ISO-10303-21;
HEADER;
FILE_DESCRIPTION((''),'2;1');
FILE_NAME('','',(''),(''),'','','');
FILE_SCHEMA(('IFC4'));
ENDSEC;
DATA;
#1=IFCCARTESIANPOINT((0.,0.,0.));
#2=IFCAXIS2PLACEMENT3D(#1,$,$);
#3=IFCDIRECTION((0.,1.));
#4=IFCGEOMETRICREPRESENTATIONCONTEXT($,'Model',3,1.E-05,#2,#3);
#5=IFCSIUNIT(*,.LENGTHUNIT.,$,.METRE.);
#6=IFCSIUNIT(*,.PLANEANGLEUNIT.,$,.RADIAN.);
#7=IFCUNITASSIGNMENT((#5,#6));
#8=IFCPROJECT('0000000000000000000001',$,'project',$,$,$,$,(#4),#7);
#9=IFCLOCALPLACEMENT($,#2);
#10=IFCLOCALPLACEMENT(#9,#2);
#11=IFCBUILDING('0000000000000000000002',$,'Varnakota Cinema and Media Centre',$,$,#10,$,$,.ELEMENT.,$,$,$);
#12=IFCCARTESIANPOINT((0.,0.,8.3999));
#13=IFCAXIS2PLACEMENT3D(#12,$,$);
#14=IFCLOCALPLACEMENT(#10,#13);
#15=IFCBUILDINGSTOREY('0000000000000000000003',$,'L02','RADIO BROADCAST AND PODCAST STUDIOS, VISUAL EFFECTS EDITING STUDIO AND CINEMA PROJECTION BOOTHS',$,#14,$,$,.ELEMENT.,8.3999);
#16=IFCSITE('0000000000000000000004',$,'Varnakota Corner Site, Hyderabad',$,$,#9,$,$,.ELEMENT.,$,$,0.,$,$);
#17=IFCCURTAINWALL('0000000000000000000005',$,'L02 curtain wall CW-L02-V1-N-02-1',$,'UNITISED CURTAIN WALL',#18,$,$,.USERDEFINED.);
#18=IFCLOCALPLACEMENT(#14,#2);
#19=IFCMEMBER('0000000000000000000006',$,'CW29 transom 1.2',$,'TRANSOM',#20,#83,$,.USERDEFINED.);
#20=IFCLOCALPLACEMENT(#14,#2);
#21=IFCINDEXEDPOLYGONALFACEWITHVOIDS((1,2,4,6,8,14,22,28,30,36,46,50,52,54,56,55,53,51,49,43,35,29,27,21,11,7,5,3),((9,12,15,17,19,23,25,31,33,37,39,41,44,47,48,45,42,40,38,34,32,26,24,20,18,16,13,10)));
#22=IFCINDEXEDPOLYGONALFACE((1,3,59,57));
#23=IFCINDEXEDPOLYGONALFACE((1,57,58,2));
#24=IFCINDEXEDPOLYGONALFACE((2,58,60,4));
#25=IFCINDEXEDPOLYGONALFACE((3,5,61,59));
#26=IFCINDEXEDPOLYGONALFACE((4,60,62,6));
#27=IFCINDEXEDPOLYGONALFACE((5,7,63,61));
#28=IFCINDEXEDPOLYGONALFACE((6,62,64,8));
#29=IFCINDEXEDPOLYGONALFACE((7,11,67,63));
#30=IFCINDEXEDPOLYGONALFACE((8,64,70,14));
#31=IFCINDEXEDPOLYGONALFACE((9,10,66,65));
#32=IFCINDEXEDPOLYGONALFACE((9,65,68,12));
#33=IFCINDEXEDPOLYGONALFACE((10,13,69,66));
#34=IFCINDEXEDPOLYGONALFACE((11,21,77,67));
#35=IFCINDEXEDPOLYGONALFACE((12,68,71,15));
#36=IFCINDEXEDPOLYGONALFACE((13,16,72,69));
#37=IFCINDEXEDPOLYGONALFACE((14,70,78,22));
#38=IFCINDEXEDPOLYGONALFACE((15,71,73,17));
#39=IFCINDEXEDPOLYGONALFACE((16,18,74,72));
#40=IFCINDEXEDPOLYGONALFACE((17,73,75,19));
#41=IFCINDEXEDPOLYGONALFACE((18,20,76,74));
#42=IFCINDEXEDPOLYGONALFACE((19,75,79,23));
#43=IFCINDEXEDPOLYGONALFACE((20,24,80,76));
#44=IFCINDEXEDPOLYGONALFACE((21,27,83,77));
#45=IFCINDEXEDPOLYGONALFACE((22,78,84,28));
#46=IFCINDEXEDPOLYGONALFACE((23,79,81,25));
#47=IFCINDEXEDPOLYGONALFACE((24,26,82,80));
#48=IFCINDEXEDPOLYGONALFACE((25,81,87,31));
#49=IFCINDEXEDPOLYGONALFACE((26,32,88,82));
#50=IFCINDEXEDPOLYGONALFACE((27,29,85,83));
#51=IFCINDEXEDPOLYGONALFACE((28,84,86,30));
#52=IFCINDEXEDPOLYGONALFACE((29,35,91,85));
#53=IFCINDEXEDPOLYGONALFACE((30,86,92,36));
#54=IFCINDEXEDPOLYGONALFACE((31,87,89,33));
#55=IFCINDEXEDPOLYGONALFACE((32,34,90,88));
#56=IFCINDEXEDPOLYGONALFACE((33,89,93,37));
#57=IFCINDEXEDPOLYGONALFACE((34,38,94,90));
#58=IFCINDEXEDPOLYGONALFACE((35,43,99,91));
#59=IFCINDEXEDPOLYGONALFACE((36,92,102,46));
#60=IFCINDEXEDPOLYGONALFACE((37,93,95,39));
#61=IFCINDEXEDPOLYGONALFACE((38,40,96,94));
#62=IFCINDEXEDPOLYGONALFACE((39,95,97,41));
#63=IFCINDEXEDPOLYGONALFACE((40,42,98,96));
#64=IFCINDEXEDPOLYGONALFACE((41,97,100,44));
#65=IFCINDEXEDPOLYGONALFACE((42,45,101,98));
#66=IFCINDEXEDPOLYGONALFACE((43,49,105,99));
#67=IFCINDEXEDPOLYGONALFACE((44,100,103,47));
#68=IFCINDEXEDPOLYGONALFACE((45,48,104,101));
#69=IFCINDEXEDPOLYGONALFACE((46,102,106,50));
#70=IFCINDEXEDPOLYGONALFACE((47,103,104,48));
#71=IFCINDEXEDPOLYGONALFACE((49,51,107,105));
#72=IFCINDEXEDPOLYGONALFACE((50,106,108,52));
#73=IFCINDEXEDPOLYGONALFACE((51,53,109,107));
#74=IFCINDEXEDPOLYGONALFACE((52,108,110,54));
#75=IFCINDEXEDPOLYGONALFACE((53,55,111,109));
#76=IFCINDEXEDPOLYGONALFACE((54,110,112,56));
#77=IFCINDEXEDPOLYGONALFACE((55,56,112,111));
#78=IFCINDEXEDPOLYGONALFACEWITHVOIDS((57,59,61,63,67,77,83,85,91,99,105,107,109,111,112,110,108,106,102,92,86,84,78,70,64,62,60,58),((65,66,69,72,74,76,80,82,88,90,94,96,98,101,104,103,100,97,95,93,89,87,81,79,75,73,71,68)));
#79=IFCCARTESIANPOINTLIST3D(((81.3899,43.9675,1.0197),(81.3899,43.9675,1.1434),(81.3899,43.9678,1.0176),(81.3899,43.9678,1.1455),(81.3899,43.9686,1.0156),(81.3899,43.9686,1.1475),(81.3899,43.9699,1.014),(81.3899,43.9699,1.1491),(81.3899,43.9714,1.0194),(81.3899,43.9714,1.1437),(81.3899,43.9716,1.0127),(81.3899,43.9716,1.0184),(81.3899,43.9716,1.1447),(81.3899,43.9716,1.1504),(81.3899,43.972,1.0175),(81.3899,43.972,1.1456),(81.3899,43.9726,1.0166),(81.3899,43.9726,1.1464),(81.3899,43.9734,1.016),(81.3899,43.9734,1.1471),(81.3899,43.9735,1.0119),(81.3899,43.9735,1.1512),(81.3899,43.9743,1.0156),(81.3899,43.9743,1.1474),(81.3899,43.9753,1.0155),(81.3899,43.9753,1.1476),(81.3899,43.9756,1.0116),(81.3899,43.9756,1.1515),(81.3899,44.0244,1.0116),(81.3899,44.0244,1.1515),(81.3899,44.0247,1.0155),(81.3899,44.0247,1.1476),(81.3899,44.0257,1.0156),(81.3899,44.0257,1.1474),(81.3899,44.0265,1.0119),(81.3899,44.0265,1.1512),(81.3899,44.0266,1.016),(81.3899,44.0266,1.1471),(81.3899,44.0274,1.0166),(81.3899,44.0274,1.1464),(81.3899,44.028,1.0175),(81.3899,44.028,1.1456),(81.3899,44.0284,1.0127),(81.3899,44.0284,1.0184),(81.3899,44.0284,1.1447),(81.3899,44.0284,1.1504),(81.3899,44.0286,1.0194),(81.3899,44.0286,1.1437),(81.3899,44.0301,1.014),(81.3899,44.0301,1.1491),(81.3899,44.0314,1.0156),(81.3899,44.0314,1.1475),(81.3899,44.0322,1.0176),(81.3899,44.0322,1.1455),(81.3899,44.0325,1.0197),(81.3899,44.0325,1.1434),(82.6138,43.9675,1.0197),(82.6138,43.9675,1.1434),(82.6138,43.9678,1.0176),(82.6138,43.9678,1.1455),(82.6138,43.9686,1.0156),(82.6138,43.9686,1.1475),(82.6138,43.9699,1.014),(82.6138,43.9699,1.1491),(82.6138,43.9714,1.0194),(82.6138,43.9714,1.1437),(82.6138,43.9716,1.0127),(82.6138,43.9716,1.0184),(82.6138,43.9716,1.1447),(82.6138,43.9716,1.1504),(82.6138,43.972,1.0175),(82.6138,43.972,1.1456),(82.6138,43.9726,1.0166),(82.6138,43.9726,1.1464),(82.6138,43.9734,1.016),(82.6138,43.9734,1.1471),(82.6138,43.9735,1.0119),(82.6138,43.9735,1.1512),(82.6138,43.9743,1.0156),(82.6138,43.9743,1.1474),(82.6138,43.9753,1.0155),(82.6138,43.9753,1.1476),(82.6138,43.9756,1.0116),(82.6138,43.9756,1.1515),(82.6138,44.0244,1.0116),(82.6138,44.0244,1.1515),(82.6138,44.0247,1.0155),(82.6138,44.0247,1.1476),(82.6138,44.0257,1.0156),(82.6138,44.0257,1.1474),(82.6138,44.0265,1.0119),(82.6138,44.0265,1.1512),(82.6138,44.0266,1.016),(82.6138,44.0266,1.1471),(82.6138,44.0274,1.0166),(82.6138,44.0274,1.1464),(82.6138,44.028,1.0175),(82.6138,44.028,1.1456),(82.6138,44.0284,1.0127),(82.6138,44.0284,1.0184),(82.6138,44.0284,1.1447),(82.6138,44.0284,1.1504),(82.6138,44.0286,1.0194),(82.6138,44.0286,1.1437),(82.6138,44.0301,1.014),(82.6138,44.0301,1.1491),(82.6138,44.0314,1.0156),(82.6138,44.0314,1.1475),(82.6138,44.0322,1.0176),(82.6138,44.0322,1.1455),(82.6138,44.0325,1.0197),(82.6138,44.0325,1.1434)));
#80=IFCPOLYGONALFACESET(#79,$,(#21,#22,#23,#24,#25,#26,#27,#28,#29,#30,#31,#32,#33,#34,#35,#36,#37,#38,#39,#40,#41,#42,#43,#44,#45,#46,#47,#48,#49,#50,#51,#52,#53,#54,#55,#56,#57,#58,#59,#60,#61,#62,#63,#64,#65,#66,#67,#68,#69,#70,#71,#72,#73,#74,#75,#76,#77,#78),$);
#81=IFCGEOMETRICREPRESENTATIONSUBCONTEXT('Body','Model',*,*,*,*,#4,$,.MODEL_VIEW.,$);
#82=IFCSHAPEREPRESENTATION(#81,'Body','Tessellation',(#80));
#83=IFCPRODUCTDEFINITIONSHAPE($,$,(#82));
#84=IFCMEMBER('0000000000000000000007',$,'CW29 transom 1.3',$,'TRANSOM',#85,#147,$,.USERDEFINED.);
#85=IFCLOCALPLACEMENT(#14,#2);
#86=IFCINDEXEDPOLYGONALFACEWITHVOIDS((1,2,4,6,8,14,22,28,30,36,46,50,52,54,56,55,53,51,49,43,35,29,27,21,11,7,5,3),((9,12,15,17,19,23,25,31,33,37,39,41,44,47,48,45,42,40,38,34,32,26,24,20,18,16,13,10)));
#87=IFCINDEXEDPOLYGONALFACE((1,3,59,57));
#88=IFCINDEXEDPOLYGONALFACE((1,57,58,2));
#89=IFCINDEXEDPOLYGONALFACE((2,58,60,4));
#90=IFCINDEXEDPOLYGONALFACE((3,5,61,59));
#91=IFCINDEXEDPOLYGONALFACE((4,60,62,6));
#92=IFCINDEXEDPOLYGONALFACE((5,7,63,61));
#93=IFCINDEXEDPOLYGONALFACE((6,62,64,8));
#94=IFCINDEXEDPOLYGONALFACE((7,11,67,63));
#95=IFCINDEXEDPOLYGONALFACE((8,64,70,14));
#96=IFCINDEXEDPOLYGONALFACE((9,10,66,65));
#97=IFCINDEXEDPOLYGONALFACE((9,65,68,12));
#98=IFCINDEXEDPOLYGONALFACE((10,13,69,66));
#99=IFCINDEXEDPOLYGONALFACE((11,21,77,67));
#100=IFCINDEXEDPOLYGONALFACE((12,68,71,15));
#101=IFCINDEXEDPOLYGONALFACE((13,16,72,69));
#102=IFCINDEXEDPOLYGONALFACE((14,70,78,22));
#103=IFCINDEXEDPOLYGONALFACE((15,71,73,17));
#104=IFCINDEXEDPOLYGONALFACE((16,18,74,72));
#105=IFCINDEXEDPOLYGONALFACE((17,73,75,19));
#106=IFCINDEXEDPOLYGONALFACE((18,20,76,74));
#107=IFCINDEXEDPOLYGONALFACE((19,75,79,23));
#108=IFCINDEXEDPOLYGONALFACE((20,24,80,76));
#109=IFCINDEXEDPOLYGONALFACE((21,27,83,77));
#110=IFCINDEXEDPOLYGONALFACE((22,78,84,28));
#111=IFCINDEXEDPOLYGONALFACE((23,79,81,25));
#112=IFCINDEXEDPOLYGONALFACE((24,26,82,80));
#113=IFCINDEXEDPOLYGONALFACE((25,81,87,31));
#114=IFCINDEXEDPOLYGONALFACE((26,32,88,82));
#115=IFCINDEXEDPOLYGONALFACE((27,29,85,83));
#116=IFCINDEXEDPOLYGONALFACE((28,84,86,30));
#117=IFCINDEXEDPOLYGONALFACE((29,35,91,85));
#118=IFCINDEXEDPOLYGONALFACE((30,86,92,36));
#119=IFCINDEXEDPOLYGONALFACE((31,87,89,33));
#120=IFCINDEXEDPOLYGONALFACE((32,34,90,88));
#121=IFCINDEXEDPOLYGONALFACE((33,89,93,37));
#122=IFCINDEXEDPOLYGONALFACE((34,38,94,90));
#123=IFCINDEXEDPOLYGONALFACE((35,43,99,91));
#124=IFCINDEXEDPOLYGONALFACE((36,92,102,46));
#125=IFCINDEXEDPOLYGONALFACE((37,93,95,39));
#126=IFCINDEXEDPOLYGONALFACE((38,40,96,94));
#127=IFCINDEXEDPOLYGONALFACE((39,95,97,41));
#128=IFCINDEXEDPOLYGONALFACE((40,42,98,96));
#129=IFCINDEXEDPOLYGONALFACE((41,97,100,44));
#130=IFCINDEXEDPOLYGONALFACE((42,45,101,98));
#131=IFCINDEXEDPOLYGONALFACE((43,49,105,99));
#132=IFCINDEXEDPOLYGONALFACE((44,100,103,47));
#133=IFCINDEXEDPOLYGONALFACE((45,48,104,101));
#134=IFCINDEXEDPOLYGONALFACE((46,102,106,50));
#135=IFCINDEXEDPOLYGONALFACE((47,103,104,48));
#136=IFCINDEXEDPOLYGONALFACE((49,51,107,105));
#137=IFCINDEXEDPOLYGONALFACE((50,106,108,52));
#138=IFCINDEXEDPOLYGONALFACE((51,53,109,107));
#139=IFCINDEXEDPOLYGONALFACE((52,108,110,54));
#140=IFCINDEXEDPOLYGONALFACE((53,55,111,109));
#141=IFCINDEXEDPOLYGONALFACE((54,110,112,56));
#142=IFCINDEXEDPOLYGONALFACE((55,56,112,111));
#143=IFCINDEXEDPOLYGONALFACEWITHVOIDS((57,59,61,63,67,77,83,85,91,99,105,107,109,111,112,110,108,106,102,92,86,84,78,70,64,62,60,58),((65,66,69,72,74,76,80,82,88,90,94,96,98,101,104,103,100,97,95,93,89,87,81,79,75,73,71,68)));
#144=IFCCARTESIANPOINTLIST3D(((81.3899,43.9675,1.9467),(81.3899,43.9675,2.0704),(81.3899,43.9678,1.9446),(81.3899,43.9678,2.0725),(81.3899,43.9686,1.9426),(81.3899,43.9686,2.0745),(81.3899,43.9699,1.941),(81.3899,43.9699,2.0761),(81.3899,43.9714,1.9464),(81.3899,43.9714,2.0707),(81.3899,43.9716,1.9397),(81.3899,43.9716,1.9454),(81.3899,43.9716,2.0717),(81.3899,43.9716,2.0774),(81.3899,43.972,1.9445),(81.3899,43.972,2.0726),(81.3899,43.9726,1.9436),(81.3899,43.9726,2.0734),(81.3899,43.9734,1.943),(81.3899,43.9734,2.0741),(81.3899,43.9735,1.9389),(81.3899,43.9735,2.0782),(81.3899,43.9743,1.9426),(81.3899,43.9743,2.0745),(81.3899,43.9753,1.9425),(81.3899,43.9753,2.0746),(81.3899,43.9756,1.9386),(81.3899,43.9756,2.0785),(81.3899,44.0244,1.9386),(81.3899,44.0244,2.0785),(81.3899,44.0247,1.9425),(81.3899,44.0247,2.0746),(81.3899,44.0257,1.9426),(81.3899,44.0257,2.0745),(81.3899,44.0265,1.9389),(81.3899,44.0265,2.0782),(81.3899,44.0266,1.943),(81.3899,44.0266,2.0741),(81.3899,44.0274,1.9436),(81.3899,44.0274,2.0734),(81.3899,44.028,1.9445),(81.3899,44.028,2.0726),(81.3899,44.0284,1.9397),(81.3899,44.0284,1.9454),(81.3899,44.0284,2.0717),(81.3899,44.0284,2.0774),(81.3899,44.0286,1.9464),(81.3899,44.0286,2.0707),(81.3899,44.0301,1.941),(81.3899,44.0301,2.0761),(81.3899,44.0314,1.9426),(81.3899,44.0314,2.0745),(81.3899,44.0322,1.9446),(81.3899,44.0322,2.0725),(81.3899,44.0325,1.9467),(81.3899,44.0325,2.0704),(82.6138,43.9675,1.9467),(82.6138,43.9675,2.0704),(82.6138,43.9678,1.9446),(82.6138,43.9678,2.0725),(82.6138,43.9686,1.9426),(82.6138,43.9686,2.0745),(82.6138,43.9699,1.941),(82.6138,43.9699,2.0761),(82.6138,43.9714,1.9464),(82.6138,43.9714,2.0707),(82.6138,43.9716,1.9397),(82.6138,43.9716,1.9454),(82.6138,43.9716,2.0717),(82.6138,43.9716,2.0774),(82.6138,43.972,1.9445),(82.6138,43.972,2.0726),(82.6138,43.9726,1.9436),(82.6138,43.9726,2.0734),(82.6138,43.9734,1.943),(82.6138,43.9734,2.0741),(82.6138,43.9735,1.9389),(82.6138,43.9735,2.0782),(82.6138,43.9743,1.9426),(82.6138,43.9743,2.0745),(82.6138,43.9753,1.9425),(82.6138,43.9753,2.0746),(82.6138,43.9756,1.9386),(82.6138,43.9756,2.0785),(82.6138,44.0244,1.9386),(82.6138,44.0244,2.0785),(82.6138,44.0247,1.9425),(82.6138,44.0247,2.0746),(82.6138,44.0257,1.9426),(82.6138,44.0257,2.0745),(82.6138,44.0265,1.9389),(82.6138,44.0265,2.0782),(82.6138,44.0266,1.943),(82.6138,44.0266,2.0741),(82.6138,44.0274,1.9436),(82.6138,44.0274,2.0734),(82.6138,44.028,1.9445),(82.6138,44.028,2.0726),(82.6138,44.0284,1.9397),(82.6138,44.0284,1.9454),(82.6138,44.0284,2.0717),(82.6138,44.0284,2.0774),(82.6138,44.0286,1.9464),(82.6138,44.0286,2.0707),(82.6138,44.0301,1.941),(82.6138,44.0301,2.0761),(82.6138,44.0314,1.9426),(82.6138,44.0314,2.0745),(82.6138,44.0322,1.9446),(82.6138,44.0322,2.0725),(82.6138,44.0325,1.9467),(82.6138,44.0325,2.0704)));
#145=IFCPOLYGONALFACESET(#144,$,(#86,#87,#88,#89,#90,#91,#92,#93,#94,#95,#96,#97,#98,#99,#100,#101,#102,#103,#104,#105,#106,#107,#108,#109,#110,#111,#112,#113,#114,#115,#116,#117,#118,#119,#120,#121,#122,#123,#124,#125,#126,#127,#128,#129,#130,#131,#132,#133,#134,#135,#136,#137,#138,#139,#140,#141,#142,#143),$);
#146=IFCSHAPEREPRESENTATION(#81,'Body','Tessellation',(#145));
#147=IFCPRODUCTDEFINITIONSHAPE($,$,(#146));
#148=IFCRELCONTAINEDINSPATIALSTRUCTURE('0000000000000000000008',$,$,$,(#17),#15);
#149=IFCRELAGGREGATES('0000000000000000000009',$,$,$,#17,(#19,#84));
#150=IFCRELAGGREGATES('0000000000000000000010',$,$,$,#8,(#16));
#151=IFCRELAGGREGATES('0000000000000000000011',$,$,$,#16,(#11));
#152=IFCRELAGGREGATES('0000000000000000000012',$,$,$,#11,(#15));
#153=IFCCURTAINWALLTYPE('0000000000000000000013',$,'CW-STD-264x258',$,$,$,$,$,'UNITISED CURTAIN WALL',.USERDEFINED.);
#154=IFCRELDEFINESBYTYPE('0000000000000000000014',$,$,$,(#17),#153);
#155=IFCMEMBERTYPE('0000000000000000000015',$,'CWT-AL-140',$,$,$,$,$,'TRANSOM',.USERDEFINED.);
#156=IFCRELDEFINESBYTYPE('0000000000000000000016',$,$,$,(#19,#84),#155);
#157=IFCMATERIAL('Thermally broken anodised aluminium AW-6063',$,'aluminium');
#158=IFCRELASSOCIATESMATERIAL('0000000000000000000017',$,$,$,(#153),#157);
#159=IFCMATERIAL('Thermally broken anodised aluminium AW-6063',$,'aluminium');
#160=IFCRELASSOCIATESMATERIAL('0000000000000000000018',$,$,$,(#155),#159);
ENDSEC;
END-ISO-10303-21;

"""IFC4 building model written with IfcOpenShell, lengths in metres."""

from ifc_helpers import new_model, si_unit, direction, frame, origin, origin_2d, place, context, subcontext, project, spatial, hollow_rectangle, extrude, material, material_profile, profile_set, type_object, element, aggregate, save


model = new_model("IFC4")

# Units and contexts
model_context = context("Model", 3, precision=1e-05, world=origin(), true_north=direction((0.0, 1.0)))
body_context = subcontext(model_context, "Body", "Model", "MODEL_VIEW")
ifc_project = project(units=[si_unit("LENGTHUNIT", "METRE"), si_unit("PLANEANGLEUNIT", "RADIAN")], contexts=[model_context])

# Site, building, storey
site_placement = place(None, origin())
site = spatial("IfcSite", under=ifc_project, at=site_placement, Name="Varnakota Corner Site, Hyderabad", CompositionType="ELEMENT", RefElevation=0.0)
building_placement = place(site_placement, origin())
building = spatial("IfcBuilding", under=site, at=building_placement, Name="Varnakota Cinema and Media Centre", CompositionType="ELEMENT")
storey_placement = place(building_placement, frame((0.0, 0.0, 8.3999)))
storey = spatial("IfcBuildingStorey", under=building, at=storey_placement, Name="L02", Description="RADIO BROADCAST AND PODCAST STUDIOS, VISUAL EFFECTS EDITING STUDIO AND CINEMA PROJECTION BOOTHS", CompositionType="ELEMENT", Elevation=8.3999)

# Shared definitions
ifc_material_1 = material(Name="Thermally broken anodised aluminium AW-6063", Category="aluminium")
curtain_wall_type = type_object("IfcCurtainWallType", Name="CW-STD-264x258", ElementType="UNITISED CURTAIN WALL", PredefinedType="USERDEFINED", material=ifc_material_1)

# Curtain wall
curtain_wall_1_placement = place(storey_placement, origin())
curtain_wall_1 = element("IfcCurtainWall", 1, at=curtain_wall_1_placement, inside=storey, type_object=curtain_wall_type, Name="L02 curtain wall CW-L02-V1-N-02-1", ObjectType="UNITISED CURTAIN WALL", PredefinedType="USERDEFINED")

# Members
ifc_material_2 = material(Name="Thermally broken anodised aluminium AW-6063", Category="aluminium")
ifc_material_profile_1 = material_profile(ifc_material_2, hollow_rectangle(XDim=0.0649, YDim=0.1399, WallThickness=0.0039, InnerFilletRadius=0.0039, OuterFilletRadius=0.0081, at=origin_2d()), Name="AL-TRANSOM 140x65x4")
ifc_profile_set_1 = profile_set([ifc_material_profile_1], Name="Thermally broken anodised aluminium AW-6063")
member_type_1 = type_object("IfcMemberType", Name="CWT-AL-140", ElementType="TRANSOM", PredefinedType="USERDEFINED", material=ifc_profile_set_1)
member_1_placement = place(storey_placement, frame((81.3899, 44.0, 1.0815), z_axis=(1.0, 0.0, 0.0), x_axis=(0.0, 1.0, 0.0)))
member_1 = element("IfcMember", 2, at=member_1_placement, type_object=member_type_1, Name="CW29 transom 1.2", ObjectType="TRANSOM", PredefinedType="USERDEFINED", context=body_context, shape_type="SweptSolid", body=[
    extrude(hollow_rectangle(XDim=0.0649, YDim=0.1399, WallThickness=0.0039, InnerFilletRadius=0.0039, OuterFilletRadius=0.0081, at=origin_2d()), origin(), (0.0, 0.0, 1.0), 1.2239),
])
member_2_placement = place(storey_placement, frame((81.3899, 44.0, 2.0085), z_axis=(1.0, 0.0, 0.0), x_axis=(0.0, 1.0, 0.0)))
member_2 = element("IfcMember", 3, at=member_2_placement, type_object=member_type_1, Name="CW29 transom 1.3", ObjectType="TRANSOM", PredefinedType="USERDEFINED", context=body_context, shape_type="SweptSolid", body=[
    extrude(hollow_rectangle(XDim=0.0649, YDim=0.1399, WallThickness=0.0039, InnerFilletRadius=0.0039, OuterFilletRadius=0.0081, at=origin_2d()), origin(), (0.0, 0.0, 1.0), 1.2239),
])

aggregate(curtain_wall_1, [member_1, member_2])

save(model, "model.ifc")
